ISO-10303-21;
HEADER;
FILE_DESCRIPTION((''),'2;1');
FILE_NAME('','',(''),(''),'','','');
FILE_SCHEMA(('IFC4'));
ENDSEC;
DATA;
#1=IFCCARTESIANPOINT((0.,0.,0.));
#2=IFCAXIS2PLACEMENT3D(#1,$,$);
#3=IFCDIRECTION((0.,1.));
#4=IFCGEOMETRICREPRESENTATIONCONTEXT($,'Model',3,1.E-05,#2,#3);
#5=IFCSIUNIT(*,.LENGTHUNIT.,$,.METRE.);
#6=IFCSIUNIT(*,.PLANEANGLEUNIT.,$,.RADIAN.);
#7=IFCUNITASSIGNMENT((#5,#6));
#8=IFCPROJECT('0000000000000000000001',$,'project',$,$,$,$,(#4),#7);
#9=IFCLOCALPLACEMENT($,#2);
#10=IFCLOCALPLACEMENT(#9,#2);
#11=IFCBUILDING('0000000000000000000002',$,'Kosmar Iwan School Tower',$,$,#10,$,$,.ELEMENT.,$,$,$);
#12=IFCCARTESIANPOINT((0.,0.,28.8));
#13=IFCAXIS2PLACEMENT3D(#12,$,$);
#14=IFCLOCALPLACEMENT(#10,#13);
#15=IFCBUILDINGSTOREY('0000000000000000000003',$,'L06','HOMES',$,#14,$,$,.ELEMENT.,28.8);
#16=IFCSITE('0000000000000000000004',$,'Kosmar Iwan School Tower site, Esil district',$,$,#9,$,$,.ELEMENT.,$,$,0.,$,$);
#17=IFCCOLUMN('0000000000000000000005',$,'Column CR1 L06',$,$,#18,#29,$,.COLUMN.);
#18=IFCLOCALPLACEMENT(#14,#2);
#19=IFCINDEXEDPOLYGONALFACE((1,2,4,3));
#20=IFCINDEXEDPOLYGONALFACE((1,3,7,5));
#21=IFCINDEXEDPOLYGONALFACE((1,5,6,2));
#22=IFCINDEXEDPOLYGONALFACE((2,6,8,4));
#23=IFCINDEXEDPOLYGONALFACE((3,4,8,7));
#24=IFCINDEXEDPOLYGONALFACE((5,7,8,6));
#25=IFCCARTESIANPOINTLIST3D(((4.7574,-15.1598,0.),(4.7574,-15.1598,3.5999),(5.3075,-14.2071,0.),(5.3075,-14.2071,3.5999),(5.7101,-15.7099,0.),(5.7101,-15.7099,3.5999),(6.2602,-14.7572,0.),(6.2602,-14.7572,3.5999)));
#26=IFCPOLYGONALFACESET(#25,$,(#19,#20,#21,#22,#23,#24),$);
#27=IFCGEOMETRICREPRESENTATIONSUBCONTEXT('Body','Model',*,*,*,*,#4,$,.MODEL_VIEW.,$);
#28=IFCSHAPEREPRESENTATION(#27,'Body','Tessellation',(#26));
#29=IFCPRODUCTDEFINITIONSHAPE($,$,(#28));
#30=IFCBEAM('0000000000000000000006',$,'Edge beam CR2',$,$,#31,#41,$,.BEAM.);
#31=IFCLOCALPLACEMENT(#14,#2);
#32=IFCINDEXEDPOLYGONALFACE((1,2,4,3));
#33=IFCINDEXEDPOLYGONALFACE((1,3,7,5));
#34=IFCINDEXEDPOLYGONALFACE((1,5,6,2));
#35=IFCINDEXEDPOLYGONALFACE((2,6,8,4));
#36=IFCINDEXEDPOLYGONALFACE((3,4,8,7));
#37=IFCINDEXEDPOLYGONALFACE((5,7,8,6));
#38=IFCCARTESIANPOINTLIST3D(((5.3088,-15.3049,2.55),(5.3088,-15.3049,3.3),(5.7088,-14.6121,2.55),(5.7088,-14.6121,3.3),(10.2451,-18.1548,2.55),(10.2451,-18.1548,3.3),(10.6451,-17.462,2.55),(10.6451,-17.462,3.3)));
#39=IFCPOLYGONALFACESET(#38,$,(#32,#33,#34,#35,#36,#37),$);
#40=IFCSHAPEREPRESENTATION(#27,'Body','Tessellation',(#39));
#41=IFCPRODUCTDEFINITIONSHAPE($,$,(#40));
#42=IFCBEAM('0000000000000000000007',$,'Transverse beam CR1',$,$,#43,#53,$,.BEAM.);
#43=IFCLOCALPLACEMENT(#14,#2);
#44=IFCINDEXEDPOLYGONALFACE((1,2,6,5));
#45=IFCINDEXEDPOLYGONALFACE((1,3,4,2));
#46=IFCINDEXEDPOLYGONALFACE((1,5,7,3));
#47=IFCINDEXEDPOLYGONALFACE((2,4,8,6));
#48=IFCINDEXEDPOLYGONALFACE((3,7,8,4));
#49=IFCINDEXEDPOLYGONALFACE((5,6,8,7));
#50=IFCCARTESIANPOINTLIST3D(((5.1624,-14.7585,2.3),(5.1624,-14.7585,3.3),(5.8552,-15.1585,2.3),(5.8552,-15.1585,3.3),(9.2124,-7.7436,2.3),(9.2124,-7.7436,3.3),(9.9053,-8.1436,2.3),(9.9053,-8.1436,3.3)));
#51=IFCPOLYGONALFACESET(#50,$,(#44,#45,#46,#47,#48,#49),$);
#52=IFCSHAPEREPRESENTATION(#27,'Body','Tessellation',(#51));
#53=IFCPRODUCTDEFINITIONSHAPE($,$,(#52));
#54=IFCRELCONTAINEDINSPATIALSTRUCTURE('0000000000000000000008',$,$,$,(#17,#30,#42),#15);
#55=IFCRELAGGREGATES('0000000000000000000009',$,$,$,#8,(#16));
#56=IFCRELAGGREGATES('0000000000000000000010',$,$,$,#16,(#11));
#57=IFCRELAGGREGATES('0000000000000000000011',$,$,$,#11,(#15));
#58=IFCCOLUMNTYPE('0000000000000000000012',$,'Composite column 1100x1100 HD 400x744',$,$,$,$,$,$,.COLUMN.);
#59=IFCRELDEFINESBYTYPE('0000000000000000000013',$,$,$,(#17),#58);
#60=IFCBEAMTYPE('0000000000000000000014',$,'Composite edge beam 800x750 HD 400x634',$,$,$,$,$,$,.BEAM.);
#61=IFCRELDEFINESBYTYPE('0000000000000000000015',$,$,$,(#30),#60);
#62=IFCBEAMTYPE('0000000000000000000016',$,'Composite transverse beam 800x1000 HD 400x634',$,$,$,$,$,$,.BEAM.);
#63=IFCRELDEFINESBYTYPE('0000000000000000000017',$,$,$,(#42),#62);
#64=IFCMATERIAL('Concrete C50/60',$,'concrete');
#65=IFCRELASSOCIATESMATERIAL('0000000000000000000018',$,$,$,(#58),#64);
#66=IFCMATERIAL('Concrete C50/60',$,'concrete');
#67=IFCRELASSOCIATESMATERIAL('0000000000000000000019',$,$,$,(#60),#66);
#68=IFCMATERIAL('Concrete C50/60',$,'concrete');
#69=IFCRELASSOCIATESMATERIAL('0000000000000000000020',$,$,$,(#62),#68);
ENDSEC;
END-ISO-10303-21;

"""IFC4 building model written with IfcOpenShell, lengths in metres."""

from ifc_helpers import new_model, si_unit, direction, frame, origin, origin_2d, place, context, subcontext, project, spatial, rectangle, extrude, material, material_profile, profile_set, type_object, element, save


model = new_model("IFC4")

# Units and contexts
model_context = context("Model", 3, precision=1e-05, world=origin(), true_north=direction((0.0, 1.0)))
body_context = subcontext(model_context, "Body", "Model", "MODEL_VIEW")
ifc_project = project(units=[si_unit("LENGTHUNIT", "METRE"), si_unit("PLANEANGLEUNIT", "RADIAN")], contexts=[model_context])

# Site, building, storey
site_placement = place(None, origin())
site = spatial("IfcSite", under=ifc_project, at=site_placement, Name="Kosmar Iwan School Tower site, Esil district", CompositionType="ELEMENT", RefElevation=0.0)
building_placement = place(site_placement, origin())
building = spatial("IfcBuilding", under=site, at=building_placement, Name="Kosmar Iwan School Tower", CompositionType="ELEMENT")
storey_placement = place(building_placement, frame((0.0, 0.0, 28.8)))
storey = spatial("IfcBuildingStorey", under=building, at=storey_placement, Name="L06", Description="HOMES", CompositionType="ELEMENT", Elevation=28.8)

# Column
ifc_material_1 = material(Name="Concrete C50/60", Category="concrete")
ifc_material_profile_1 = material_profile(ifc_material_1, rectangle(XDim=1.1001, YDim=1.1001, at=origin_2d()), Name="RC 1100x1100 + HD 400x744")
ifc_profile_set_1 = profile_set([ifc_material_profile_1], Name="Concrete C50/60")
column_type = type_object("IfcColumnType", Name="Composite column 1100x1100 HD 400x744", PredefinedType="COLUMN", material=ifc_profile_set_1)
column_placement = place(storey_placement, frame((5.5088, -14.9585, 0.0), z_axis=(0.0, 0.0, 1.0), x_axis=(0.866025, -0.5, 0.0)))
element("IfcColumn", 1, at=column_placement, inside=storey, type_object=column_type, Name="Column CR1 L06", PredefinedType="COLUMN", context=body_context, shape_type="SweptSolid", body=[
    extrude(rectangle(XDim=1.1001, YDim=1.1001, at=origin_2d()), origin(), (0.0, 0.0, 1.0), 3.5999),
])

# Beams
ifc_material_2 = material(Name="Concrete C50/60", Category="concrete")
ifc_material_profile_2 = material_profile(ifc_material_2, rectangle(XDim=0.8, YDim=0.75, at=origin_2d()), Name="RC 800x750 + HD 400x634")
ifc_profile_set_2 = profile_set([ifc_material_profile_2], Name="Concrete C50/60")
beam_type_1 = type_object("IfcBeamType", Name="Composite edge beam 800x750 HD 400x634", PredefinedType="BEAM", material=ifc_profile_set_2)
beam_1_placement = place(storey_placement, frame((5.5088, -14.9585, 2.925), z_axis=(0.866034, -0.499986, 0.0), x_axis=(0.499986, 0.866034, 0.0)))
element("IfcBeam", 2, at=beam_1_placement, inside=storey, type_object=beam_type_1, Name="Edge beam CR2", PredefinedType="BEAM", context=body_context, shape_type="SweptSolid", body=[
    extrude(rectangle(XDim=0.8, YDim=0.75, at=origin_2d()), origin(), (0.0, 0.0, 1.0), 5.7),
])
ifc_material_3 = material(Name="Concrete C50/60", Category="concrete")
ifc_material_profile_3 = material_profile(ifc_material_3, rectangle(XDim=0.8, YDim=1.0, at=origin_2d()), Name="RC 800x1000 + HD 400x634")
ifc_profile_set_3 = profile_set([ifc_material_profile_3], Name="Concrete C50/60")
beam_type_2 = type_object("IfcBeamType", Name="Composite transverse beam 800x1000 HD 400x634", PredefinedType="BEAM", material=ifc_profile_set_3)
beam_2_placement = place(storey_placement, frame((5.5088, -14.9585, 2.8), z_axis=(0.5, 0.866025, 0.0), x_axis=(-0.866025, 0.5, 0.0)))
element("IfcBeam", 3, at=beam_2_placement, inside=storey, type_object=beam_type_2, Name="Transverse beam CR1", PredefinedType="BEAM", context=body_context, shape_type="SweptSolid", body=[
    extrude(rectangle(XDim=0.8, YDim=1.0, at=origin_2d()), origin(), (0.0, 0.0, 1.0), 8.1001),
])

save(model, "model.ifc")
